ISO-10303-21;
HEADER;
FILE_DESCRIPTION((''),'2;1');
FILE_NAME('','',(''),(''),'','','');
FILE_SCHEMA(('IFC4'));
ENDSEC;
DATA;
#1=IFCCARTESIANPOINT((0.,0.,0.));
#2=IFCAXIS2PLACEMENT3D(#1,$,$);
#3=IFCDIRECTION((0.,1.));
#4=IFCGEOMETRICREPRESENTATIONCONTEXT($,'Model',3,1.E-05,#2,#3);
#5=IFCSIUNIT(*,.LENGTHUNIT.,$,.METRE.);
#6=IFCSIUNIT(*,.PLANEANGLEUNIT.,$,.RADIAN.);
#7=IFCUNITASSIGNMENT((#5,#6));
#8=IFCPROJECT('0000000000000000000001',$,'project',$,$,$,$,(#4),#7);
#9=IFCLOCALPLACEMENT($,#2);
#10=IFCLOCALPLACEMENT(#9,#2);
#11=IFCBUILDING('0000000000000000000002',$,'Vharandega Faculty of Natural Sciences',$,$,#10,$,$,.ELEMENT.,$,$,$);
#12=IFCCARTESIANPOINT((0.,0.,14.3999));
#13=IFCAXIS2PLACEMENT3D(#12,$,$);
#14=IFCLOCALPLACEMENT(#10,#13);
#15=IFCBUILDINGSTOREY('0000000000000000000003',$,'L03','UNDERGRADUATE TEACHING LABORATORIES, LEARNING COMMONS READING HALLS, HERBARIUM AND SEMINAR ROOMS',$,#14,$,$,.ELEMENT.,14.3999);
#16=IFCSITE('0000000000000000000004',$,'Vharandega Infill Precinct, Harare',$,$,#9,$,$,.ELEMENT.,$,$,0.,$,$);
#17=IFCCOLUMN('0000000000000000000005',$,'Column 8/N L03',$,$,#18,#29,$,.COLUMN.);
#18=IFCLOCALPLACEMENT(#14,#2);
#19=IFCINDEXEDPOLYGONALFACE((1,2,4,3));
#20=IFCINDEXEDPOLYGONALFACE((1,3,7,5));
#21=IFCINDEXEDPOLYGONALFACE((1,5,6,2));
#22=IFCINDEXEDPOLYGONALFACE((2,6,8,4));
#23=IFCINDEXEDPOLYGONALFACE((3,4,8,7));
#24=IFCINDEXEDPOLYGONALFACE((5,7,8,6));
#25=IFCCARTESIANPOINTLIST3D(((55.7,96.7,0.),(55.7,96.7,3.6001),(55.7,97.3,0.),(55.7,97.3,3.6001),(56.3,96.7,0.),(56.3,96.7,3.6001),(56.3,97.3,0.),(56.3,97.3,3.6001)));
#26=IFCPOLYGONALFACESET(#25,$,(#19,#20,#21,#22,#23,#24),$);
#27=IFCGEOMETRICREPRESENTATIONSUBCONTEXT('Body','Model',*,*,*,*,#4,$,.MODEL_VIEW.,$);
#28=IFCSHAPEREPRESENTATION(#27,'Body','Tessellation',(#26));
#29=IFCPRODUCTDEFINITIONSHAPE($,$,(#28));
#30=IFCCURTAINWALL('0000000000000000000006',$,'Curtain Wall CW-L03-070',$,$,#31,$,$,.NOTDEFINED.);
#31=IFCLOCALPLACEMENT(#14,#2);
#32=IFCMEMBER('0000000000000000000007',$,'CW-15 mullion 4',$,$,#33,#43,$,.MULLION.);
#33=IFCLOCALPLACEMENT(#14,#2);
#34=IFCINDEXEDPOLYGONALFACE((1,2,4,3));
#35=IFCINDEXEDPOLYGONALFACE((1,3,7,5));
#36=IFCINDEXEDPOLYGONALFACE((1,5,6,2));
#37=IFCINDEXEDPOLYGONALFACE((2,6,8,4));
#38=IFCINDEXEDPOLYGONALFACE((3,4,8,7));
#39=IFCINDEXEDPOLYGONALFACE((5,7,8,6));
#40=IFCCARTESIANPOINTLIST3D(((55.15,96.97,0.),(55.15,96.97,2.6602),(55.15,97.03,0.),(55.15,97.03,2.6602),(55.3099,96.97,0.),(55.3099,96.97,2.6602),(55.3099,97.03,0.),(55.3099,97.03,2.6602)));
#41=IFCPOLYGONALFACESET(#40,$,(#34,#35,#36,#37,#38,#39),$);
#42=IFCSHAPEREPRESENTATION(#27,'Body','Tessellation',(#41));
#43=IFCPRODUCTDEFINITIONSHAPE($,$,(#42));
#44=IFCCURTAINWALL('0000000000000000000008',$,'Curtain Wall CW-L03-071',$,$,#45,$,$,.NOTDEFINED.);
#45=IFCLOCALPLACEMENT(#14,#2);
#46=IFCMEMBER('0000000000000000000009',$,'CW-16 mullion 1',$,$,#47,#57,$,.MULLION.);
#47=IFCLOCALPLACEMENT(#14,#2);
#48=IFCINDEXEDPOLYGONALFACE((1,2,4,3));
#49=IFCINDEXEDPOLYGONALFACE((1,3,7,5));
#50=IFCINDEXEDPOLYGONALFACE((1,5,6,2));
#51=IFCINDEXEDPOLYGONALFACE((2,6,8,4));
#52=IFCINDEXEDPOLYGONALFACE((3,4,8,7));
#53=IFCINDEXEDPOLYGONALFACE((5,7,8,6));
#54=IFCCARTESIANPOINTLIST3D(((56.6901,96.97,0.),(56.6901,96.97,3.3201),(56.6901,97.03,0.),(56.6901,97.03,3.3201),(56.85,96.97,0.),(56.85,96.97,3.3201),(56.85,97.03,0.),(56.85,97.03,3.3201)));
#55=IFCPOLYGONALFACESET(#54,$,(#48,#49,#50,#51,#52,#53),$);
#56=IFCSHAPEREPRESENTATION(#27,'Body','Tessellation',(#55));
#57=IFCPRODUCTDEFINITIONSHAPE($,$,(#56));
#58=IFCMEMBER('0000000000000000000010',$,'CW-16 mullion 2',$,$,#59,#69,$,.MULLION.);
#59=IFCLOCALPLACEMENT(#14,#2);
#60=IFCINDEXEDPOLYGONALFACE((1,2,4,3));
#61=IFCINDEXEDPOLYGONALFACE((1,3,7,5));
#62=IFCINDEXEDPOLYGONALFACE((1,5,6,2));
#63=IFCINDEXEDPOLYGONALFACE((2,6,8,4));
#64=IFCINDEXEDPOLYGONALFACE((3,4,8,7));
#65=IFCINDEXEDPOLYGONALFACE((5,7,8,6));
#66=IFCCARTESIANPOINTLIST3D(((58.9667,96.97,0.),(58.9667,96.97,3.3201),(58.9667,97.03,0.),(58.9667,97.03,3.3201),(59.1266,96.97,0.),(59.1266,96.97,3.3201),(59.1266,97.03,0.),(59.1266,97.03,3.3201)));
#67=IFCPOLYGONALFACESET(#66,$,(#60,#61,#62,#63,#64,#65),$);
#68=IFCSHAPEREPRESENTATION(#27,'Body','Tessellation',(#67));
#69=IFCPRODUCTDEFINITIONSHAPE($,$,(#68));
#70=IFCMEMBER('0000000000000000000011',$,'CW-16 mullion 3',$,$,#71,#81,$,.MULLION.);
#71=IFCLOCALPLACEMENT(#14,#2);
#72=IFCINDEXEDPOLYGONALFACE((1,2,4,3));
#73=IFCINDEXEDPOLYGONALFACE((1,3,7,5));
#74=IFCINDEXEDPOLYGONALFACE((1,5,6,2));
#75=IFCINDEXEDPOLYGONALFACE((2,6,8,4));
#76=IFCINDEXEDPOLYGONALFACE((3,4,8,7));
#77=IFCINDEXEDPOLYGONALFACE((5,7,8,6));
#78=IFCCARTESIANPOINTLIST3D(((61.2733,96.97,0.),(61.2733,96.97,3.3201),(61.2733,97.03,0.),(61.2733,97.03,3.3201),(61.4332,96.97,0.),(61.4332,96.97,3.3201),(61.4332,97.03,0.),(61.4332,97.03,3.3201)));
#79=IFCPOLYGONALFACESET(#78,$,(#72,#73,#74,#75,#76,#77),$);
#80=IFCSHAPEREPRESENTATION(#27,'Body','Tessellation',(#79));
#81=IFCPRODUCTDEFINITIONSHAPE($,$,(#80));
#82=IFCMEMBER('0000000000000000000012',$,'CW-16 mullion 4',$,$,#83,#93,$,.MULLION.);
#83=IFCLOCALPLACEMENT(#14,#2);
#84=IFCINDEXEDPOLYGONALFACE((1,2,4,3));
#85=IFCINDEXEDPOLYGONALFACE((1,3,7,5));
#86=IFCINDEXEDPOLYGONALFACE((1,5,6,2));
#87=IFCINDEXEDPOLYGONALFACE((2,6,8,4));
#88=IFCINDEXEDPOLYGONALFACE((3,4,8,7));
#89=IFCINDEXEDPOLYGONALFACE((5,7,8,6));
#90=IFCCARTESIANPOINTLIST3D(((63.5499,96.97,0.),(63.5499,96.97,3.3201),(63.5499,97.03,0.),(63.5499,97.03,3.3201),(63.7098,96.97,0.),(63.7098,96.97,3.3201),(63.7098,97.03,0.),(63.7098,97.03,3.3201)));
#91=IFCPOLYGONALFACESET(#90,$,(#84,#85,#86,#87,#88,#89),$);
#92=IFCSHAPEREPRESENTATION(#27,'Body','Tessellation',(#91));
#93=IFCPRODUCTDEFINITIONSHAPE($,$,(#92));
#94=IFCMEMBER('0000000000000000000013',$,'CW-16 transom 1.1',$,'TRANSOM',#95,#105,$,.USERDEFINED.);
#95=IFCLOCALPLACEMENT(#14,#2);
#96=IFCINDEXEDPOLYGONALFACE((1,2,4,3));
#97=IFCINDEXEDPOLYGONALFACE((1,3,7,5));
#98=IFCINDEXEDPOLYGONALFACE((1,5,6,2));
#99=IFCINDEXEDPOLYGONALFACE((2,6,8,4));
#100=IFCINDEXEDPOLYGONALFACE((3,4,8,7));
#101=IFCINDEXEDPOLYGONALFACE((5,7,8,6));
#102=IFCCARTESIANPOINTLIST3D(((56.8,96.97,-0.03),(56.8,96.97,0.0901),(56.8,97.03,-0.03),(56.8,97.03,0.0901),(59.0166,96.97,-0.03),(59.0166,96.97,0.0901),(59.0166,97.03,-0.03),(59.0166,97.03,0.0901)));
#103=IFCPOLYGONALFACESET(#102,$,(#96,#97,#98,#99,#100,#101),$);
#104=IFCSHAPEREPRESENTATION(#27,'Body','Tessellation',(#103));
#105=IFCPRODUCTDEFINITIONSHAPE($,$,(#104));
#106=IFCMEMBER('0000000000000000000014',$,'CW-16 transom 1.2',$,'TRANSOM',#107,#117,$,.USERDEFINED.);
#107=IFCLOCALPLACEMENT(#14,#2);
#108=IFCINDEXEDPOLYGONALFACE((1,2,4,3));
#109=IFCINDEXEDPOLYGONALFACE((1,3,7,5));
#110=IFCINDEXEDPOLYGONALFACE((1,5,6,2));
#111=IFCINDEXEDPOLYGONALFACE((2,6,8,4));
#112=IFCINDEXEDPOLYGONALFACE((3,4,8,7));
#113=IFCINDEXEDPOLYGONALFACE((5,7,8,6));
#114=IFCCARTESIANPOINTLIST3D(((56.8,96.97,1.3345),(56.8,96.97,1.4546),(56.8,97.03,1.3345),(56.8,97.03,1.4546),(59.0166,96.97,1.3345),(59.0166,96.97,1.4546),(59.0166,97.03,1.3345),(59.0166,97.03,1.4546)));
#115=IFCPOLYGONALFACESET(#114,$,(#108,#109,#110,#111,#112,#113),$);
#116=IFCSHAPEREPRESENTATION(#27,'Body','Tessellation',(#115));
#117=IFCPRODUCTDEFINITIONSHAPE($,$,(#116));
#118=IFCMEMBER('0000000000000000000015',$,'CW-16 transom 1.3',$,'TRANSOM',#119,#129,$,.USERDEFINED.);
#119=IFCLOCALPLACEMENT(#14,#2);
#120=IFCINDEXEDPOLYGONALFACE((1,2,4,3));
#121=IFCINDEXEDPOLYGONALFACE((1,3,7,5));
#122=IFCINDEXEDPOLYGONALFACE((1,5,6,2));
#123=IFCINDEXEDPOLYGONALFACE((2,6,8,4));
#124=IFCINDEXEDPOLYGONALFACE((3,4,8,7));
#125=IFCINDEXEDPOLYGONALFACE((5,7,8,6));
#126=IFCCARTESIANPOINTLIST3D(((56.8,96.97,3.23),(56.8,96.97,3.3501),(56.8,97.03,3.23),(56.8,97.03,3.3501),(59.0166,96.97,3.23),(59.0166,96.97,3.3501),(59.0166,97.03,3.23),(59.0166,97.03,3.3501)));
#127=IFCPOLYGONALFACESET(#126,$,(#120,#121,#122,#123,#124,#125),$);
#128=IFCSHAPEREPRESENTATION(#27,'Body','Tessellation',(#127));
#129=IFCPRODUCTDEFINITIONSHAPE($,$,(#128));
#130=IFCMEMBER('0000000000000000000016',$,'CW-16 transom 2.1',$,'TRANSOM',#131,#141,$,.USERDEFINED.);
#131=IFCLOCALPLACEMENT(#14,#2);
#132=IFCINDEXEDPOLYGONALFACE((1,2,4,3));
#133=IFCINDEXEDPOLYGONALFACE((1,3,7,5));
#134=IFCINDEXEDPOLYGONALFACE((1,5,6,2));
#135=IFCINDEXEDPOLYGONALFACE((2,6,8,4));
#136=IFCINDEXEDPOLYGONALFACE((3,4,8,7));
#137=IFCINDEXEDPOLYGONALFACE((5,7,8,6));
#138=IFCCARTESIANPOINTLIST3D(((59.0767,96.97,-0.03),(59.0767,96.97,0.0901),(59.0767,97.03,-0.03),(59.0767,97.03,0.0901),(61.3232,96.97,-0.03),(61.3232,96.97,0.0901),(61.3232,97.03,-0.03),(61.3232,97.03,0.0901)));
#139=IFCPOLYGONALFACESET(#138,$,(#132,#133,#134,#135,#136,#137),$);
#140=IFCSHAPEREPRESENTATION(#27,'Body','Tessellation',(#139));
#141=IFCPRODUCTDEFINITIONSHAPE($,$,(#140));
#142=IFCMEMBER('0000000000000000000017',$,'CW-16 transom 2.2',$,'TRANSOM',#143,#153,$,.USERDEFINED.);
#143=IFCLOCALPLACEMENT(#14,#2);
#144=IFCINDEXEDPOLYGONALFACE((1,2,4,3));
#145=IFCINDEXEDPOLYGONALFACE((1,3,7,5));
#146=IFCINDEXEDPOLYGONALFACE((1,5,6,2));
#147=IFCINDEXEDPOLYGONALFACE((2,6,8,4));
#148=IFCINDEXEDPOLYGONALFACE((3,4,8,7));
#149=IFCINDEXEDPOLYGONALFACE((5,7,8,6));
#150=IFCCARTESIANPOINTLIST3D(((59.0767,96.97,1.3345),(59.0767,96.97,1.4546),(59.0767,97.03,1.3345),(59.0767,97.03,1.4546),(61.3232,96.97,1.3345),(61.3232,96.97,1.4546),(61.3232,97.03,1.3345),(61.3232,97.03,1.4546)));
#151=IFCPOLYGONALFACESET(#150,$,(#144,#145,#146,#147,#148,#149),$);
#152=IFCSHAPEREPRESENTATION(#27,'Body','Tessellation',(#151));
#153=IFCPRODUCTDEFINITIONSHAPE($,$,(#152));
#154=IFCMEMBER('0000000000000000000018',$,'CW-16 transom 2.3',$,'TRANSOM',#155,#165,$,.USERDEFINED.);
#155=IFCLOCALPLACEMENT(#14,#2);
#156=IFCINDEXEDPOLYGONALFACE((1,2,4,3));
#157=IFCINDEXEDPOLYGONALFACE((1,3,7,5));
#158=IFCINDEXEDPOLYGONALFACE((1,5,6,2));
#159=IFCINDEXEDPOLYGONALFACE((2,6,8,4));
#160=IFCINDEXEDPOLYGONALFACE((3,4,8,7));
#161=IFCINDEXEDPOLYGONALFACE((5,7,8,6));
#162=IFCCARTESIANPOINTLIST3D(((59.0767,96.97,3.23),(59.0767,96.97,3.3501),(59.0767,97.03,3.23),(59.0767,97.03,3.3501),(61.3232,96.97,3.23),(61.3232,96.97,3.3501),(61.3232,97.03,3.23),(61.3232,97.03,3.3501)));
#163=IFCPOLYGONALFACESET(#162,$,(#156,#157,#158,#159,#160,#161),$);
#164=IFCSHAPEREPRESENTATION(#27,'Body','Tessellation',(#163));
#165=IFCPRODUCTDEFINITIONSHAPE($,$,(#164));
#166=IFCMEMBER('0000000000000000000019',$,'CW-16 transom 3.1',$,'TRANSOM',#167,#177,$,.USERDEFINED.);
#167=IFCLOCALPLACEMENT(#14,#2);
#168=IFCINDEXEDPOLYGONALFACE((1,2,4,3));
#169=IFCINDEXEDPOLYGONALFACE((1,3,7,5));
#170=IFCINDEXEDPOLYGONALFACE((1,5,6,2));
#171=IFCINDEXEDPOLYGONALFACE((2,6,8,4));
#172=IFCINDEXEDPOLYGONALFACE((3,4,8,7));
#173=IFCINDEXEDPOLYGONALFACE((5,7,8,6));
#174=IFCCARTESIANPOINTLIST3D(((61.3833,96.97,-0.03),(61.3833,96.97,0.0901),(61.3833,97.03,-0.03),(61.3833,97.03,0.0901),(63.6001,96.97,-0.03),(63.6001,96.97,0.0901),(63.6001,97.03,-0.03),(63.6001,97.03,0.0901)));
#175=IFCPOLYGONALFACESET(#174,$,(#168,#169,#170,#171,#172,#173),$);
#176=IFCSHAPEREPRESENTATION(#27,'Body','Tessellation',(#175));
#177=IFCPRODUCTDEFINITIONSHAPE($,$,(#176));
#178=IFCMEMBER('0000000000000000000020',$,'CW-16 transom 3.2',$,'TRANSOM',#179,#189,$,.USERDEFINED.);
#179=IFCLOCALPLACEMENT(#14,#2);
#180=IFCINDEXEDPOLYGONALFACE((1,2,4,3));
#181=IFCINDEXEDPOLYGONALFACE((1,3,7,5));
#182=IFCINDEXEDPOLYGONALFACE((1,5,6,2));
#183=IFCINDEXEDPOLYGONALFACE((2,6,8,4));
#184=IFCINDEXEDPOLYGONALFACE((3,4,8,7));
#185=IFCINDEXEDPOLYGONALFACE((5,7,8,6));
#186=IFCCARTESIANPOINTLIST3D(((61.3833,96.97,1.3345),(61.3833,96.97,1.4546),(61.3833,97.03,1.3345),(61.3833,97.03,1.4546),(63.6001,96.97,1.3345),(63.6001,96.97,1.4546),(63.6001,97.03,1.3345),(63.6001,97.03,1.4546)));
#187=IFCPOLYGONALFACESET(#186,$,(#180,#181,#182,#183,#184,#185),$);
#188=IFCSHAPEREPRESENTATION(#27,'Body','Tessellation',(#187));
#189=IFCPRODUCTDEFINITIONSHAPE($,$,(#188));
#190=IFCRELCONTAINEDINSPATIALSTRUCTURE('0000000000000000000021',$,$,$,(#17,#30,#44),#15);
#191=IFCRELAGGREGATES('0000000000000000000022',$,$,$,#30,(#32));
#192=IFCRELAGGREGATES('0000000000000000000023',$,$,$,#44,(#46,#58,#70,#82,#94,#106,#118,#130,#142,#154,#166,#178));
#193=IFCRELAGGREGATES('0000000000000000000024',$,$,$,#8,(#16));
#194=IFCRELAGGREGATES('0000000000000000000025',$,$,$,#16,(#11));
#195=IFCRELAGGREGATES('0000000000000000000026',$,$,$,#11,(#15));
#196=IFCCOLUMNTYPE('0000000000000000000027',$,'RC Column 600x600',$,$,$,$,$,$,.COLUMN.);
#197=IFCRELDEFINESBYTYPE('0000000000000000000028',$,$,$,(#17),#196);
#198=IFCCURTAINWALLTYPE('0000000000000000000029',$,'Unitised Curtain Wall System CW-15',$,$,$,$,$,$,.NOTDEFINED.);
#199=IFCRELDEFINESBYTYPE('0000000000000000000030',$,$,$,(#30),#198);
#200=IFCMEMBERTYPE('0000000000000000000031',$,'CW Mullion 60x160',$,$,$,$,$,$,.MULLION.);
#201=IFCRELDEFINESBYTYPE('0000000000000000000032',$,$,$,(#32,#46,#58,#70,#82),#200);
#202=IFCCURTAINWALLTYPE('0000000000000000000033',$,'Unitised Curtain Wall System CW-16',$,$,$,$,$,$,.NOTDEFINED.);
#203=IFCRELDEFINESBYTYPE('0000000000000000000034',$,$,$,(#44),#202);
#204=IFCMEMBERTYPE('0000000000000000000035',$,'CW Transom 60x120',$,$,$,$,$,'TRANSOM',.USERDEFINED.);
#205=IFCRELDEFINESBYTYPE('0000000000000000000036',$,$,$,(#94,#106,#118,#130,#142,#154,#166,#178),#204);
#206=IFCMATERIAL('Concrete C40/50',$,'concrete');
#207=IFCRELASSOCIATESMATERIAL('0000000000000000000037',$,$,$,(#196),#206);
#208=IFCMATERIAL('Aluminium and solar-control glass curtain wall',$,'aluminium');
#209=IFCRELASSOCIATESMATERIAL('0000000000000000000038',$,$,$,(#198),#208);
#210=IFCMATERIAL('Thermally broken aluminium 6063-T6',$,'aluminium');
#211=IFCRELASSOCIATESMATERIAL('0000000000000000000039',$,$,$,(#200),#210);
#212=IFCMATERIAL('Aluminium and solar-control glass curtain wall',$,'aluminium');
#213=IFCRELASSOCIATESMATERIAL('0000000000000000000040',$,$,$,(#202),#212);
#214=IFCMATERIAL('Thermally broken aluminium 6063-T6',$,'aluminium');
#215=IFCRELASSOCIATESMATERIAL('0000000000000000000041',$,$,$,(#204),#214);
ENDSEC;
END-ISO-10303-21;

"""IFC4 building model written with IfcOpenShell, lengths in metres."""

from ifc_helpers import new_model, si_unit, direction, frame, origin, origin_2d, place, context, subcontext, project, spatial, rectangle, extrude, material, material_profile, profile_set, type_object, element, aggregate, save


model = new_model("IFC4")

# Units and contexts
model_context = context("Model", 3, precision=1e-05, world=origin(), true_north=direction((0.0, 1.0)))
body_context = subcontext(model_context, "Body", "Model", "MODEL_VIEW")
ifc_project = project(units=[si_unit("LENGTHUNIT", "METRE"), si_unit("PLANEANGLEUNIT", "RADIAN")], contexts=[model_context])

# Site, building, storey
site_placement = place(None, origin())
site = spatial("IfcSite", under=ifc_project, at=site_placement, Name="Vharandega Infill Precinct, Harare", CompositionType="ELEMENT", RefElevation=0.0)
building_placement = place(site_placement, origin())
building = spatial("IfcBuilding", under=site, at=building_placement, Name="Vharandega Faculty of Natural Sciences", CompositionType="ELEMENT")
storey_placement = place(building_placement, frame((0.0, 0.0, 14.3999)))
storey = spatial("IfcBuildingStorey", under=building, at=storey_placement, Name="L03", Description="UNDERGRADUATE TEACHING LABORATORIES, LEARNING COMMONS READING HALLS, HERBARIUM AND SEMINAR ROOMS", CompositionType="ELEMENT", Elevation=14.3999)

# Column
ifc_material_1 = material(Name="Concrete C40/50", Category="concrete")
ifc_material_profile_1 = material_profile(ifc_material_1, rectangle(XDim=0.6001, YDim=0.6001, at=origin_2d()), Name="RC 600x600")
ifc_profile_set_1 = profile_set([ifc_material_profile_1], Name="Concrete C40/50")
column_type = type_object("IfcColumnType", Name="RC Column 600x600", PredefinedType="COLUMN", material=ifc_profile_set_1)
column_placement = place(storey_placement, frame((56.0, 97.0, 0.0), z_axis=(0.0, 0.0, 1.0), x_axis=(1.0, 0.0, 0.0)))
element("IfcColumn", 1, at=column_placement, inside=storey, type_object=column_type, Name="Column 8/N L03", PredefinedType="COLUMN", context=body_context, shape_type="SweptSolid", body=[
    extrude(rectangle(XDim=0.6001, YDim=0.6001, at=origin_2d()), origin(), (0.0, 0.0, 1.0), 3.6001),
])

# Curtain wall, member
ifc_material_2 = material(Name="Aluminium and solar-control glass curtain wall", Category="aluminium")
curtain_wall_type_1 = type_object("IfcCurtainWallType", Name="Unitised Curtain Wall System CW-15", PredefinedType="NOTDEFINED", material=ifc_material_2)
curtain_wall_1_placement = place(storey_placement, origin())
curtain_wall_1 = element("IfcCurtainWall", 2, at=curtain_wall_1_placement, inside=storey, type_object=curtain_wall_type_1, Name="Curtain Wall CW-L03-070", PredefinedType="NOTDEFINED")
ifc_material_3 = material(Name="Thermally broken aluminium 6063-T6", Category="aluminium")
ifc_material_profile_2 = material_profile(ifc_material_3, rectangle(XDim=0.0601, YDim=0.1599, at=origin_2d()), Name="ALU 60x160")
ifc_profile_set_2 = profile_set([ifc_material_profile_2], Name="Thermally broken aluminium 6063-T6")
member_type_1 = type_object("IfcMemberType", Name="CW Mullion 60x160", PredefinedType="MULLION", material=ifc_profile_set_2)
member_1_placement = place(storey_placement, frame((55.23, 97.0, 0.0), z_axis=(0.0, 0.0, 1.0), x_axis=(0.0, 1.0, 0.0)))
member_1 = element("IfcMember", 3, at=member_1_placement, type_object=member_type_1, Name="CW-15 mullion 4", PredefinedType="MULLION", context=body_context, shape_type="SweptSolid", body=[
    extrude(rectangle(XDim=0.0601, YDim=0.1599, at=origin_2d()), origin(), (0.0, 0.0, 1.0), 2.6602),
])
aggregate(curtain_wall_1, [member_1])

# Curtain wall, members
ifc_material_4 = material(Name="Aluminium and solar-control glass curtain wall", Category="aluminium")
curtain_wall_type_2 = type_object("IfcCurtainWallType", Name="Unitised Curtain Wall System CW-16", PredefinedType="NOTDEFINED", material=ifc_material_4)
curtain_wall_2_placement = place(storey_placement, origin())
curtain_wall_2 = element("IfcCurtainWall", 4, at=curtain_wall_2_placement, inside=storey, type_object=curtain_wall_type_2, Name="Curtain Wall CW-L03-071", PredefinedType="NOTDEFINED")
member_2_placement = place(storey_placement, frame((56.77, 97.0, 0.0), z_axis=(0.0, 0.0, 1.0), x_axis=(0.0, 1.0, 0.0)))
member_2 = element("IfcMember", 5, at=member_2_placement, type_object=member_type_1, Name="CW-16 mullion 1", PredefinedType="MULLION", context=body_context, shape_type="SweptSolid", body=[
    extrude(rectangle(XDim=0.0601, YDim=0.1599, at=origin_2d()), origin(), (0.0, 0.0, 1.0), 3.3201),
])
member_3_placement = place(storey_placement, frame((59.0466, 97.0, 0.0), z_axis=(0.0, 0.0, 1.0), x_axis=(0.0, 1.0, 0.0)))
member_3 = element("IfcMember", 6, at=member_3_placement, type_object=member_type_1, Name="CW-16 mullion 2", PredefinedType="MULLION", context=body_context, shape_type="SweptSolid", body=[
    extrude(rectangle(XDim=0.0601, YDim=0.1599, at=origin_2d()), origin(), (0.0, 0.0, 1.0), 3.3201),
])
member_4_placement = place(storey_placement, frame((61.3533, 97.0, 0.0), z_axis=(0.0, 0.0, 1.0), x_axis=(0.0, 1.0, 0.0)))
member_4 = element("IfcMember", 7, at=member_4_placement, type_object=member_type_1, Name="CW-16 mullion 3", PredefinedType="MULLION", context=body_context, shape_type="SweptSolid", body=[
    extrude(rectangle(XDim=0.0601, YDim=0.1599, at=origin_2d()), origin(), (0.0, 0.0, 1.0), 3.3201),
])
member_5_placement = place(storey_placement, frame((63.6299, 97.0, 0.0), z_axis=(0.0, 0.0, 1.0), x_axis=(0.0, 1.0, 0.0)))
member_5 = element("IfcMember", 8, at=member_5_placement, type_object=member_type_1, Name="CW-16 mullion 4", PredefinedType="MULLION", context=body_context, shape_type="SweptSolid", body=[
    extrude(rectangle(XDim=0.0601, YDim=0.1599, at=origin_2d()), origin(), (0.0, 0.0, 1.0), 3.3201),
])
ifc_material_5 = material(Name="Thermally broken aluminium 6063-T6", Category="aluminium")
ifc_material_profile_3 = material_profile(ifc_material_5, rectangle(XDim=0.0601, YDim=0.1201, at=origin_2d()), Name="ALU 60x120")
ifc_profile_set_3 = profile_set([ifc_material_profile_3], Name="Thermally broken aluminium 6063-T6")
member_type_2 = type_object("IfcMemberType", Name="CW Transom 60x120", ElementType="TRANSOM", PredefinedType="USERDEFINED", material=ifc_profile_set_3)
member_6_placement = place(storey_placement, frame((56.8, 97.0, 0.03), z_axis=(1.0, 0.0, 0.0), x_axis=(0.0, 1.0, 0.0)))
member_6 = element("IfcMember", 9, at=member_6_placement, type_object=member_type_2, Name="CW-16 transom 1.1", ObjectType="TRANSOM", PredefinedType="USERDEFINED", context=body_context, shape_type="SweptSolid", body=[
    extrude(rectangle(XDim=0.0601, YDim=0.1201, at=origin_2d()), origin(), (0.0, 0.0, 1.0), 2.2166),
])
member_7_placement = place(storey_placement, frame((56.8, 97.0, 1.3945), z_axis=(1.0, 0.0, 0.0), x_axis=(0.0, 1.0, 0.0)))
member_7 = element("IfcMember", 10, at=member_7_placement, type_object=member_type_2, Name="CW-16 transom 1.2", ObjectType="TRANSOM", PredefinedType="USERDEFINED", context=body_context, shape_type="SweptSolid", body=[
    extrude(rectangle(XDim=0.0601, YDim=0.1201, at=origin_2d()), origin(), (0.0, 0.0, 1.0), 2.2166),
])
member_8_placement = place(storey_placement, frame((56.8, 97.0, 3.29), z_axis=(1.0, 0.0, 0.0), x_axis=(0.0, 1.0, 0.0)))
member_8 = element("IfcMember", 11, at=member_8_placement, type_object=member_type_2, Name="CW-16 transom 1.3", ObjectType="TRANSOM", PredefinedType="USERDEFINED", context=body_context, shape_type="SweptSolid", body=[
    extrude(rectangle(XDim=0.0601, YDim=0.1201, at=origin_2d()), origin(), (0.0, 0.0, 1.0), 2.2166),
])
member_9_placement = place(storey_placement, frame((59.0767, 97.0, 0.03), z_axis=(1.0, 0.0, 0.0), x_axis=(0.0, 1.0, 0.0)))
member_9 = element("IfcMember", 12, at=member_9_placement, type_object=member_type_2, Name="CW-16 transom 2.1", ObjectType="TRANSOM", PredefinedType="USERDEFINED", context=body_context, shape_type="SweptSolid", body=[
    extrude(rectangle(XDim=0.0601, YDim=0.1201, at=origin_2d()), origin(), (0.0, 0.0, 1.0), 2.2466),
])
member_10_placement = place(storey_placement, frame((59.0767, 97.0, 1.3945), z_axis=(1.0, 0.0, 0.0), x_axis=(0.0, 1.0, 0.0)))
member_10 = element("IfcMember", 13, at=member_10_placement, type_object=member_type_2, Name="CW-16 transom 2.2", ObjectType="TRANSOM", PredefinedType="USERDEFINED", context=body_context, shape_type="SweptSolid", body=[
    extrude(rectangle(XDim=0.0601, YDim=0.1201, at=origin_2d()), origin(), (0.0, 0.0, 1.0), 2.2466),
])
member_11_placement = place(storey_placement, frame((59.0767, 97.0, 3.29), z_axis=(1.0, 0.0, 0.0), x_axis=(0.0, 1.0, 0.0)))
member_11 = element("IfcMember", 14, at=member_11_placement, type_object=member_type_2, Name="CW-16 transom 2.3", ObjectType="TRANSOM", PredefinedType="USERDEFINED", context=body_context, shape_type="SweptSolid", body=[
    extrude(rectangle(XDim=0.0601, YDim=0.1201, at=origin_2d()), origin(), (0.0, 0.0, 1.0), 2.2466),
])
member_12_placement = place(storey_placement, frame((61.3833, 97.0, 0.03), z_axis=(1.0, 0.0, 0.0), x_axis=(0.0, 1.0, 0.0)))
member_12 = element("IfcMember", 15, at=member_12_placement, type_object=member_type_2, Name="CW-16 transom 3.1", ObjectType="TRANSOM", PredefinedType="USERDEFINED", context=body_context, shape_type="SweptSolid", body=[
    extrude(rectangle(XDim=0.0601, YDim=0.1201, at=origin_2d()), origin(), (0.0, 0.0, 1.0), 2.2168),
])
member_13_placement = place(storey_placement, frame((61.3833, 97.0, 1.3945), z_axis=(1.0, 0.0, 0.0), x_axis=(0.0, 1.0, 0.0)))
member_13 = element("IfcMember", 16, at=member_13_placement, type_object=member_type_2, Name="CW-16 transom 3.2", ObjectType="TRANSOM", PredefinedType="USERDEFINED", context=body_context, shape_type="SweptSolid", body=[
    extrude(rectangle(XDim=0.0601, YDim=0.1201, at=origin_2d()), origin(), (0.0, 0.0, 1.0), 2.2168),
])

aggregate(curtain_wall_2, [member_2, member_3, member_4, member_5, member_6, member_7, member_8, member_9, member_10, member_11, member_12, member_13])

save(model, "model.ifc")
